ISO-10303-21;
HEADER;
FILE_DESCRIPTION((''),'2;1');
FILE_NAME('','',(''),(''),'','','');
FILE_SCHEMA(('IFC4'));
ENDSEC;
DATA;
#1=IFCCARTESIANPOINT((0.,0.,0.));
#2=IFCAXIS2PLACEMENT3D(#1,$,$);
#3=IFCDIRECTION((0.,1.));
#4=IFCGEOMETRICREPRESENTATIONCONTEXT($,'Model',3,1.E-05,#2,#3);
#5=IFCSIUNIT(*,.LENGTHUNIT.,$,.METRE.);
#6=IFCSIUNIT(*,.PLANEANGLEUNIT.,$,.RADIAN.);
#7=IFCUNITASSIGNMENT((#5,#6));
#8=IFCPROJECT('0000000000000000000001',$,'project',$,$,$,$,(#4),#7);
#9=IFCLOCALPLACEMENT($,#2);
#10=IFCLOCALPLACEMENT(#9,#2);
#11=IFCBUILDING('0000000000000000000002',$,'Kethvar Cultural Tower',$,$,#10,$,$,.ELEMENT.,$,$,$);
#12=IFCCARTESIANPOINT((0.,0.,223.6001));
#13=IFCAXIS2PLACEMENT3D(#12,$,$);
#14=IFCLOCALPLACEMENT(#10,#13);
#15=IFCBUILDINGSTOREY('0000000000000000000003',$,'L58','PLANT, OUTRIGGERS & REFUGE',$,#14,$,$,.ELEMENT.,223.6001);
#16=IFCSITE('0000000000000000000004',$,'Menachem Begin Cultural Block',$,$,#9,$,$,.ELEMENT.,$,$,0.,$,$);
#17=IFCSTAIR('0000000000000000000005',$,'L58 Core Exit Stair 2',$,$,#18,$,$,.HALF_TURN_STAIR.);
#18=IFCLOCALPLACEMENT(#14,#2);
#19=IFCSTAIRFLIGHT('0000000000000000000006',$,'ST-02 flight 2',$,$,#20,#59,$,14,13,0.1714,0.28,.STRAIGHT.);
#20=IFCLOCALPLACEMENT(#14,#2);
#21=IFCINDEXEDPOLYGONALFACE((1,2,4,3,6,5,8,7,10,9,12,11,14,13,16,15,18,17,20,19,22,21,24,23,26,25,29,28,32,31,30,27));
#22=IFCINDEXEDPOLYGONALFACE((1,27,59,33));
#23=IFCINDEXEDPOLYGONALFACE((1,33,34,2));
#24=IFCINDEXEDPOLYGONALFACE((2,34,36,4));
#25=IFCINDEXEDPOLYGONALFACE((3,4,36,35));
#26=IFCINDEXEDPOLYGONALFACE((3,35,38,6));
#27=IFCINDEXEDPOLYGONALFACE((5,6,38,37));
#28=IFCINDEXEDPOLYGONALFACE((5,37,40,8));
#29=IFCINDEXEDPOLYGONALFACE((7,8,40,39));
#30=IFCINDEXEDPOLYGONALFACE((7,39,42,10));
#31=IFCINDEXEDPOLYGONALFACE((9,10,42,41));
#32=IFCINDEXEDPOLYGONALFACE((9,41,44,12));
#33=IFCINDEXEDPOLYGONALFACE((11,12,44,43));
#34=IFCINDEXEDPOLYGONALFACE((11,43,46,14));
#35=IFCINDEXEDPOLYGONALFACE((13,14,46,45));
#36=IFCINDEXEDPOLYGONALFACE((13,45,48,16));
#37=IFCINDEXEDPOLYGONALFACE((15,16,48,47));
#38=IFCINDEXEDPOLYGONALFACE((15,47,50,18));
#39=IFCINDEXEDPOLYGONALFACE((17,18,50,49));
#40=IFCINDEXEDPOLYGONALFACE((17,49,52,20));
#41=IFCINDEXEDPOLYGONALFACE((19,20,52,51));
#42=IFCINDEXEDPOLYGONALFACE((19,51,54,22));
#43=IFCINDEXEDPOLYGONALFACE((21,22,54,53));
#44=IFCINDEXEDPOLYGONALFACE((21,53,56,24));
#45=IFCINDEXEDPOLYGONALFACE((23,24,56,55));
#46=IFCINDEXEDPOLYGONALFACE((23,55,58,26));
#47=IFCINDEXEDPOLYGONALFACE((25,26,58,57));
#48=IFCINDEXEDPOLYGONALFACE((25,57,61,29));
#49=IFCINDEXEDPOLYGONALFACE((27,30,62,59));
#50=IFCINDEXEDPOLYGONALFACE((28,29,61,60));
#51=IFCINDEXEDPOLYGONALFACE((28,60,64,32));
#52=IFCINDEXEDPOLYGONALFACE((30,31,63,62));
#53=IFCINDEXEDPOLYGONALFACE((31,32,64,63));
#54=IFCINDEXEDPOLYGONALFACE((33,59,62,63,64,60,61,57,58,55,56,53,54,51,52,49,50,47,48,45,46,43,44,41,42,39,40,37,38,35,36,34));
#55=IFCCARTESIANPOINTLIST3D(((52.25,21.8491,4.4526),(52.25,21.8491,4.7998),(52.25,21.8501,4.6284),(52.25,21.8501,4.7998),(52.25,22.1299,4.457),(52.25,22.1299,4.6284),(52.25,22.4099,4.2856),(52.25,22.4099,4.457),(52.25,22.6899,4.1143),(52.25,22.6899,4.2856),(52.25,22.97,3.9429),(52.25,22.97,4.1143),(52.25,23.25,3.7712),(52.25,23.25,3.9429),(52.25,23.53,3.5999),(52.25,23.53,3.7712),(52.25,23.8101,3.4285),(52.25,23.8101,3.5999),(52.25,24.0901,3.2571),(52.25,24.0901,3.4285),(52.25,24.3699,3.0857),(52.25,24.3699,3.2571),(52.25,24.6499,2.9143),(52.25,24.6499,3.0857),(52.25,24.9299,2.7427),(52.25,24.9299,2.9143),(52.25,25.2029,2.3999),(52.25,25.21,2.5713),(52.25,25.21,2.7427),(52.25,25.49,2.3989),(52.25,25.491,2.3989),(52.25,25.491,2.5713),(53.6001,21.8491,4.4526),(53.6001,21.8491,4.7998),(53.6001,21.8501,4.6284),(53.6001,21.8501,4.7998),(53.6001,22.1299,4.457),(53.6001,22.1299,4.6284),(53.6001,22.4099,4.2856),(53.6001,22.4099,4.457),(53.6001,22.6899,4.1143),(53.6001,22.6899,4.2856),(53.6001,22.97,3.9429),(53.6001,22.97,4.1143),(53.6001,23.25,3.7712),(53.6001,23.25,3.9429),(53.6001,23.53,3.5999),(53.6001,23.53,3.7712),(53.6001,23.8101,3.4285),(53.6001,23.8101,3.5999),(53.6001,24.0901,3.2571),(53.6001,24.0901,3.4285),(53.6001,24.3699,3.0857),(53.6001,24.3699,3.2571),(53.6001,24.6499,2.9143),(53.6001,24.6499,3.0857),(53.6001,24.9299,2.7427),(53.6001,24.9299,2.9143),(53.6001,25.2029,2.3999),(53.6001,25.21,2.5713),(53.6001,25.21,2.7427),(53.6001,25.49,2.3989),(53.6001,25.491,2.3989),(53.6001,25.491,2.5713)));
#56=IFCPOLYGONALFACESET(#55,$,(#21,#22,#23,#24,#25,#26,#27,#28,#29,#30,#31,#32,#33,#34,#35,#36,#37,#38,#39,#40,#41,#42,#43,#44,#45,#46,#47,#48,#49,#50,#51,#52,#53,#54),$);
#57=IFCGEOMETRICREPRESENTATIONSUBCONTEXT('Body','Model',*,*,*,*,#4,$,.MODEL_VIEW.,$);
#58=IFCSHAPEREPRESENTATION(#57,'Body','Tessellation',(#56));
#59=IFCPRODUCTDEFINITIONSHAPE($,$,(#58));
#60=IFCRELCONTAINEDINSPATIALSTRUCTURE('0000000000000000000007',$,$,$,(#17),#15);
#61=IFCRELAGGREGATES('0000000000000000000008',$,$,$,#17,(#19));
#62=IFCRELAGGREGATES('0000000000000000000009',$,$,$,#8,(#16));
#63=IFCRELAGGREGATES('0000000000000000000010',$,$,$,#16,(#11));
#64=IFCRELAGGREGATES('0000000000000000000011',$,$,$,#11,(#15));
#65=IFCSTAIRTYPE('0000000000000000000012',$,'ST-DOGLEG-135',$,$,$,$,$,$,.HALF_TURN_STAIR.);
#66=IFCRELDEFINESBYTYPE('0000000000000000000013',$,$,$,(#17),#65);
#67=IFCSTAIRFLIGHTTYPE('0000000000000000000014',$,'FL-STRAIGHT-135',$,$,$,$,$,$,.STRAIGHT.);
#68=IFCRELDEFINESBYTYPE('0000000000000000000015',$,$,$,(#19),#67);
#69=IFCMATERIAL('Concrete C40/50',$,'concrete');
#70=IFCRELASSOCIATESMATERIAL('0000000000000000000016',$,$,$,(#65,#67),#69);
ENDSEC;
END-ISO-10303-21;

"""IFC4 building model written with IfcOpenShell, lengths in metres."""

from ifc_helpers import new_model, si_unit, direction, frame, origin, place, context, subcontext, project, spatial, polyline, outline, extrude, material, type_object, element, aggregate, save


model = new_model("IFC4")

# Units and contexts
model_context = context("Model", 3, precision=1e-05, world=origin(), true_north=direction((0.0, 1.0)))
body_context = subcontext(model_context, "Body", "Model", "MODEL_VIEW")
ifc_project = project(units=[si_unit("LENGTHUNIT", "METRE"), si_unit("PLANEANGLEUNIT", "RADIAN")], contexts=[model_context])

# Site, building, storey
site_placement = place(None, origin())
site = spatial("IfcSite", under=ifc_project, at=site_placement, Name="Menachem Begin Cultural Block", CompositionType="ELEMENT", RefElevation=0.0)
building_placement = place(site_placement, origin())
building = spatial("IfcBuilding", under=site, at=building_placement, Name="Kethvar Cultural Tower", CompositionType="ELEMENT")
storey_placement = place(building_placement, frame((0.0, 0.0, 223.6001)))
storey = spatial("IfcBuildingStorey", under=building, at=storey_placement, Name="L58", Description="PLANT, OUTRIGGERS & REFUGE", CompositionType="ELEMENT", Elevation=223.6001)

# Stair, stair flight
ifc_material_1 = material(Name="Concrete C40/50", Category="concrete")
stair_type = type_object("IfcStairType", Name="ST-DOGLEG-135", PredefinedType="HALF_TURN_STAIR", material=ifc_material_1)
stair_placement = place(storey_placement, origin())
stair = element("IfcStair", 1, at=stair_placement, inside=storey, type_object=stair_type, Name="L58 Core Exit Stair 2", PredefinedType="HALF_TURN_STAIR")
stair_flight_type = type_object("IfcStairFlightType", Name="FL-STRAIGHT-135", PredefinedType="STRAIGHT", material=ifc_material_1)
stair_flight_1_placement = place(storey_placement, frame((52.925, 25.49, 2.3999), z_axis=(0.0, 0.0, 1.0), x_axis=(0.0, -1.0, 0.0)))
stair_flight_1 = element("IfcStairFlight", 2, at=stair_flight_1_placement, type_object=stair_flight_type, Name="ST-02 flight 2", NumberOfRisers=14, NumberOfTreads=13, PredefinedType="STRAIGHT", RiserHeight=0.1714, TreadLength=0.28, context=body_context, shape_type="SweptSolid", body=[
    extrude(outline(polyline([(-0.001, -0.001), (-0.001, 0.1714), (0.28, 0.1714), (0.28, 0.3428), (0.5601, 0.3428), (0.5601, 0.5144), (0.8401, 0.5144), (0.8401, 0.6858), (1.1201, 0.6858), (1.1201, 0.8572), (1.3999, 0.8572), (1.3999, 1.0286), (1.6799, 1.0286), (1.6799, 1.2), (1.96, 1.2), (1.96, 1.3713), (2.24, 1.3713), (2.24, 1.543), (2.52, 1.543), (2.52, 1.7144), (2.8, 1.7144), (2.8, 1.8857), (3.0801, 1.8857), (3.0801, 2.0571), (3.3601, 2.0571), (3.3601, 2.2285), (3.6399, 2.2285), (3.6399, 2.3999), (3.6409, 2.3999), (3.6409, 2.0527), (0.2871, 0.0), (0.0, -0.001), (-0.001, -0.001)])), frame((0.0, 0.675, 0.0), z_axis=(0.0, -1.0, 0.0), x_axis=(1.0, 0.0, 0.0)), (0.0, 0.0, 1.0), 1.3501),
])
aggregate(stair, [stair_flight_1])

save(model, "model.ifc")
